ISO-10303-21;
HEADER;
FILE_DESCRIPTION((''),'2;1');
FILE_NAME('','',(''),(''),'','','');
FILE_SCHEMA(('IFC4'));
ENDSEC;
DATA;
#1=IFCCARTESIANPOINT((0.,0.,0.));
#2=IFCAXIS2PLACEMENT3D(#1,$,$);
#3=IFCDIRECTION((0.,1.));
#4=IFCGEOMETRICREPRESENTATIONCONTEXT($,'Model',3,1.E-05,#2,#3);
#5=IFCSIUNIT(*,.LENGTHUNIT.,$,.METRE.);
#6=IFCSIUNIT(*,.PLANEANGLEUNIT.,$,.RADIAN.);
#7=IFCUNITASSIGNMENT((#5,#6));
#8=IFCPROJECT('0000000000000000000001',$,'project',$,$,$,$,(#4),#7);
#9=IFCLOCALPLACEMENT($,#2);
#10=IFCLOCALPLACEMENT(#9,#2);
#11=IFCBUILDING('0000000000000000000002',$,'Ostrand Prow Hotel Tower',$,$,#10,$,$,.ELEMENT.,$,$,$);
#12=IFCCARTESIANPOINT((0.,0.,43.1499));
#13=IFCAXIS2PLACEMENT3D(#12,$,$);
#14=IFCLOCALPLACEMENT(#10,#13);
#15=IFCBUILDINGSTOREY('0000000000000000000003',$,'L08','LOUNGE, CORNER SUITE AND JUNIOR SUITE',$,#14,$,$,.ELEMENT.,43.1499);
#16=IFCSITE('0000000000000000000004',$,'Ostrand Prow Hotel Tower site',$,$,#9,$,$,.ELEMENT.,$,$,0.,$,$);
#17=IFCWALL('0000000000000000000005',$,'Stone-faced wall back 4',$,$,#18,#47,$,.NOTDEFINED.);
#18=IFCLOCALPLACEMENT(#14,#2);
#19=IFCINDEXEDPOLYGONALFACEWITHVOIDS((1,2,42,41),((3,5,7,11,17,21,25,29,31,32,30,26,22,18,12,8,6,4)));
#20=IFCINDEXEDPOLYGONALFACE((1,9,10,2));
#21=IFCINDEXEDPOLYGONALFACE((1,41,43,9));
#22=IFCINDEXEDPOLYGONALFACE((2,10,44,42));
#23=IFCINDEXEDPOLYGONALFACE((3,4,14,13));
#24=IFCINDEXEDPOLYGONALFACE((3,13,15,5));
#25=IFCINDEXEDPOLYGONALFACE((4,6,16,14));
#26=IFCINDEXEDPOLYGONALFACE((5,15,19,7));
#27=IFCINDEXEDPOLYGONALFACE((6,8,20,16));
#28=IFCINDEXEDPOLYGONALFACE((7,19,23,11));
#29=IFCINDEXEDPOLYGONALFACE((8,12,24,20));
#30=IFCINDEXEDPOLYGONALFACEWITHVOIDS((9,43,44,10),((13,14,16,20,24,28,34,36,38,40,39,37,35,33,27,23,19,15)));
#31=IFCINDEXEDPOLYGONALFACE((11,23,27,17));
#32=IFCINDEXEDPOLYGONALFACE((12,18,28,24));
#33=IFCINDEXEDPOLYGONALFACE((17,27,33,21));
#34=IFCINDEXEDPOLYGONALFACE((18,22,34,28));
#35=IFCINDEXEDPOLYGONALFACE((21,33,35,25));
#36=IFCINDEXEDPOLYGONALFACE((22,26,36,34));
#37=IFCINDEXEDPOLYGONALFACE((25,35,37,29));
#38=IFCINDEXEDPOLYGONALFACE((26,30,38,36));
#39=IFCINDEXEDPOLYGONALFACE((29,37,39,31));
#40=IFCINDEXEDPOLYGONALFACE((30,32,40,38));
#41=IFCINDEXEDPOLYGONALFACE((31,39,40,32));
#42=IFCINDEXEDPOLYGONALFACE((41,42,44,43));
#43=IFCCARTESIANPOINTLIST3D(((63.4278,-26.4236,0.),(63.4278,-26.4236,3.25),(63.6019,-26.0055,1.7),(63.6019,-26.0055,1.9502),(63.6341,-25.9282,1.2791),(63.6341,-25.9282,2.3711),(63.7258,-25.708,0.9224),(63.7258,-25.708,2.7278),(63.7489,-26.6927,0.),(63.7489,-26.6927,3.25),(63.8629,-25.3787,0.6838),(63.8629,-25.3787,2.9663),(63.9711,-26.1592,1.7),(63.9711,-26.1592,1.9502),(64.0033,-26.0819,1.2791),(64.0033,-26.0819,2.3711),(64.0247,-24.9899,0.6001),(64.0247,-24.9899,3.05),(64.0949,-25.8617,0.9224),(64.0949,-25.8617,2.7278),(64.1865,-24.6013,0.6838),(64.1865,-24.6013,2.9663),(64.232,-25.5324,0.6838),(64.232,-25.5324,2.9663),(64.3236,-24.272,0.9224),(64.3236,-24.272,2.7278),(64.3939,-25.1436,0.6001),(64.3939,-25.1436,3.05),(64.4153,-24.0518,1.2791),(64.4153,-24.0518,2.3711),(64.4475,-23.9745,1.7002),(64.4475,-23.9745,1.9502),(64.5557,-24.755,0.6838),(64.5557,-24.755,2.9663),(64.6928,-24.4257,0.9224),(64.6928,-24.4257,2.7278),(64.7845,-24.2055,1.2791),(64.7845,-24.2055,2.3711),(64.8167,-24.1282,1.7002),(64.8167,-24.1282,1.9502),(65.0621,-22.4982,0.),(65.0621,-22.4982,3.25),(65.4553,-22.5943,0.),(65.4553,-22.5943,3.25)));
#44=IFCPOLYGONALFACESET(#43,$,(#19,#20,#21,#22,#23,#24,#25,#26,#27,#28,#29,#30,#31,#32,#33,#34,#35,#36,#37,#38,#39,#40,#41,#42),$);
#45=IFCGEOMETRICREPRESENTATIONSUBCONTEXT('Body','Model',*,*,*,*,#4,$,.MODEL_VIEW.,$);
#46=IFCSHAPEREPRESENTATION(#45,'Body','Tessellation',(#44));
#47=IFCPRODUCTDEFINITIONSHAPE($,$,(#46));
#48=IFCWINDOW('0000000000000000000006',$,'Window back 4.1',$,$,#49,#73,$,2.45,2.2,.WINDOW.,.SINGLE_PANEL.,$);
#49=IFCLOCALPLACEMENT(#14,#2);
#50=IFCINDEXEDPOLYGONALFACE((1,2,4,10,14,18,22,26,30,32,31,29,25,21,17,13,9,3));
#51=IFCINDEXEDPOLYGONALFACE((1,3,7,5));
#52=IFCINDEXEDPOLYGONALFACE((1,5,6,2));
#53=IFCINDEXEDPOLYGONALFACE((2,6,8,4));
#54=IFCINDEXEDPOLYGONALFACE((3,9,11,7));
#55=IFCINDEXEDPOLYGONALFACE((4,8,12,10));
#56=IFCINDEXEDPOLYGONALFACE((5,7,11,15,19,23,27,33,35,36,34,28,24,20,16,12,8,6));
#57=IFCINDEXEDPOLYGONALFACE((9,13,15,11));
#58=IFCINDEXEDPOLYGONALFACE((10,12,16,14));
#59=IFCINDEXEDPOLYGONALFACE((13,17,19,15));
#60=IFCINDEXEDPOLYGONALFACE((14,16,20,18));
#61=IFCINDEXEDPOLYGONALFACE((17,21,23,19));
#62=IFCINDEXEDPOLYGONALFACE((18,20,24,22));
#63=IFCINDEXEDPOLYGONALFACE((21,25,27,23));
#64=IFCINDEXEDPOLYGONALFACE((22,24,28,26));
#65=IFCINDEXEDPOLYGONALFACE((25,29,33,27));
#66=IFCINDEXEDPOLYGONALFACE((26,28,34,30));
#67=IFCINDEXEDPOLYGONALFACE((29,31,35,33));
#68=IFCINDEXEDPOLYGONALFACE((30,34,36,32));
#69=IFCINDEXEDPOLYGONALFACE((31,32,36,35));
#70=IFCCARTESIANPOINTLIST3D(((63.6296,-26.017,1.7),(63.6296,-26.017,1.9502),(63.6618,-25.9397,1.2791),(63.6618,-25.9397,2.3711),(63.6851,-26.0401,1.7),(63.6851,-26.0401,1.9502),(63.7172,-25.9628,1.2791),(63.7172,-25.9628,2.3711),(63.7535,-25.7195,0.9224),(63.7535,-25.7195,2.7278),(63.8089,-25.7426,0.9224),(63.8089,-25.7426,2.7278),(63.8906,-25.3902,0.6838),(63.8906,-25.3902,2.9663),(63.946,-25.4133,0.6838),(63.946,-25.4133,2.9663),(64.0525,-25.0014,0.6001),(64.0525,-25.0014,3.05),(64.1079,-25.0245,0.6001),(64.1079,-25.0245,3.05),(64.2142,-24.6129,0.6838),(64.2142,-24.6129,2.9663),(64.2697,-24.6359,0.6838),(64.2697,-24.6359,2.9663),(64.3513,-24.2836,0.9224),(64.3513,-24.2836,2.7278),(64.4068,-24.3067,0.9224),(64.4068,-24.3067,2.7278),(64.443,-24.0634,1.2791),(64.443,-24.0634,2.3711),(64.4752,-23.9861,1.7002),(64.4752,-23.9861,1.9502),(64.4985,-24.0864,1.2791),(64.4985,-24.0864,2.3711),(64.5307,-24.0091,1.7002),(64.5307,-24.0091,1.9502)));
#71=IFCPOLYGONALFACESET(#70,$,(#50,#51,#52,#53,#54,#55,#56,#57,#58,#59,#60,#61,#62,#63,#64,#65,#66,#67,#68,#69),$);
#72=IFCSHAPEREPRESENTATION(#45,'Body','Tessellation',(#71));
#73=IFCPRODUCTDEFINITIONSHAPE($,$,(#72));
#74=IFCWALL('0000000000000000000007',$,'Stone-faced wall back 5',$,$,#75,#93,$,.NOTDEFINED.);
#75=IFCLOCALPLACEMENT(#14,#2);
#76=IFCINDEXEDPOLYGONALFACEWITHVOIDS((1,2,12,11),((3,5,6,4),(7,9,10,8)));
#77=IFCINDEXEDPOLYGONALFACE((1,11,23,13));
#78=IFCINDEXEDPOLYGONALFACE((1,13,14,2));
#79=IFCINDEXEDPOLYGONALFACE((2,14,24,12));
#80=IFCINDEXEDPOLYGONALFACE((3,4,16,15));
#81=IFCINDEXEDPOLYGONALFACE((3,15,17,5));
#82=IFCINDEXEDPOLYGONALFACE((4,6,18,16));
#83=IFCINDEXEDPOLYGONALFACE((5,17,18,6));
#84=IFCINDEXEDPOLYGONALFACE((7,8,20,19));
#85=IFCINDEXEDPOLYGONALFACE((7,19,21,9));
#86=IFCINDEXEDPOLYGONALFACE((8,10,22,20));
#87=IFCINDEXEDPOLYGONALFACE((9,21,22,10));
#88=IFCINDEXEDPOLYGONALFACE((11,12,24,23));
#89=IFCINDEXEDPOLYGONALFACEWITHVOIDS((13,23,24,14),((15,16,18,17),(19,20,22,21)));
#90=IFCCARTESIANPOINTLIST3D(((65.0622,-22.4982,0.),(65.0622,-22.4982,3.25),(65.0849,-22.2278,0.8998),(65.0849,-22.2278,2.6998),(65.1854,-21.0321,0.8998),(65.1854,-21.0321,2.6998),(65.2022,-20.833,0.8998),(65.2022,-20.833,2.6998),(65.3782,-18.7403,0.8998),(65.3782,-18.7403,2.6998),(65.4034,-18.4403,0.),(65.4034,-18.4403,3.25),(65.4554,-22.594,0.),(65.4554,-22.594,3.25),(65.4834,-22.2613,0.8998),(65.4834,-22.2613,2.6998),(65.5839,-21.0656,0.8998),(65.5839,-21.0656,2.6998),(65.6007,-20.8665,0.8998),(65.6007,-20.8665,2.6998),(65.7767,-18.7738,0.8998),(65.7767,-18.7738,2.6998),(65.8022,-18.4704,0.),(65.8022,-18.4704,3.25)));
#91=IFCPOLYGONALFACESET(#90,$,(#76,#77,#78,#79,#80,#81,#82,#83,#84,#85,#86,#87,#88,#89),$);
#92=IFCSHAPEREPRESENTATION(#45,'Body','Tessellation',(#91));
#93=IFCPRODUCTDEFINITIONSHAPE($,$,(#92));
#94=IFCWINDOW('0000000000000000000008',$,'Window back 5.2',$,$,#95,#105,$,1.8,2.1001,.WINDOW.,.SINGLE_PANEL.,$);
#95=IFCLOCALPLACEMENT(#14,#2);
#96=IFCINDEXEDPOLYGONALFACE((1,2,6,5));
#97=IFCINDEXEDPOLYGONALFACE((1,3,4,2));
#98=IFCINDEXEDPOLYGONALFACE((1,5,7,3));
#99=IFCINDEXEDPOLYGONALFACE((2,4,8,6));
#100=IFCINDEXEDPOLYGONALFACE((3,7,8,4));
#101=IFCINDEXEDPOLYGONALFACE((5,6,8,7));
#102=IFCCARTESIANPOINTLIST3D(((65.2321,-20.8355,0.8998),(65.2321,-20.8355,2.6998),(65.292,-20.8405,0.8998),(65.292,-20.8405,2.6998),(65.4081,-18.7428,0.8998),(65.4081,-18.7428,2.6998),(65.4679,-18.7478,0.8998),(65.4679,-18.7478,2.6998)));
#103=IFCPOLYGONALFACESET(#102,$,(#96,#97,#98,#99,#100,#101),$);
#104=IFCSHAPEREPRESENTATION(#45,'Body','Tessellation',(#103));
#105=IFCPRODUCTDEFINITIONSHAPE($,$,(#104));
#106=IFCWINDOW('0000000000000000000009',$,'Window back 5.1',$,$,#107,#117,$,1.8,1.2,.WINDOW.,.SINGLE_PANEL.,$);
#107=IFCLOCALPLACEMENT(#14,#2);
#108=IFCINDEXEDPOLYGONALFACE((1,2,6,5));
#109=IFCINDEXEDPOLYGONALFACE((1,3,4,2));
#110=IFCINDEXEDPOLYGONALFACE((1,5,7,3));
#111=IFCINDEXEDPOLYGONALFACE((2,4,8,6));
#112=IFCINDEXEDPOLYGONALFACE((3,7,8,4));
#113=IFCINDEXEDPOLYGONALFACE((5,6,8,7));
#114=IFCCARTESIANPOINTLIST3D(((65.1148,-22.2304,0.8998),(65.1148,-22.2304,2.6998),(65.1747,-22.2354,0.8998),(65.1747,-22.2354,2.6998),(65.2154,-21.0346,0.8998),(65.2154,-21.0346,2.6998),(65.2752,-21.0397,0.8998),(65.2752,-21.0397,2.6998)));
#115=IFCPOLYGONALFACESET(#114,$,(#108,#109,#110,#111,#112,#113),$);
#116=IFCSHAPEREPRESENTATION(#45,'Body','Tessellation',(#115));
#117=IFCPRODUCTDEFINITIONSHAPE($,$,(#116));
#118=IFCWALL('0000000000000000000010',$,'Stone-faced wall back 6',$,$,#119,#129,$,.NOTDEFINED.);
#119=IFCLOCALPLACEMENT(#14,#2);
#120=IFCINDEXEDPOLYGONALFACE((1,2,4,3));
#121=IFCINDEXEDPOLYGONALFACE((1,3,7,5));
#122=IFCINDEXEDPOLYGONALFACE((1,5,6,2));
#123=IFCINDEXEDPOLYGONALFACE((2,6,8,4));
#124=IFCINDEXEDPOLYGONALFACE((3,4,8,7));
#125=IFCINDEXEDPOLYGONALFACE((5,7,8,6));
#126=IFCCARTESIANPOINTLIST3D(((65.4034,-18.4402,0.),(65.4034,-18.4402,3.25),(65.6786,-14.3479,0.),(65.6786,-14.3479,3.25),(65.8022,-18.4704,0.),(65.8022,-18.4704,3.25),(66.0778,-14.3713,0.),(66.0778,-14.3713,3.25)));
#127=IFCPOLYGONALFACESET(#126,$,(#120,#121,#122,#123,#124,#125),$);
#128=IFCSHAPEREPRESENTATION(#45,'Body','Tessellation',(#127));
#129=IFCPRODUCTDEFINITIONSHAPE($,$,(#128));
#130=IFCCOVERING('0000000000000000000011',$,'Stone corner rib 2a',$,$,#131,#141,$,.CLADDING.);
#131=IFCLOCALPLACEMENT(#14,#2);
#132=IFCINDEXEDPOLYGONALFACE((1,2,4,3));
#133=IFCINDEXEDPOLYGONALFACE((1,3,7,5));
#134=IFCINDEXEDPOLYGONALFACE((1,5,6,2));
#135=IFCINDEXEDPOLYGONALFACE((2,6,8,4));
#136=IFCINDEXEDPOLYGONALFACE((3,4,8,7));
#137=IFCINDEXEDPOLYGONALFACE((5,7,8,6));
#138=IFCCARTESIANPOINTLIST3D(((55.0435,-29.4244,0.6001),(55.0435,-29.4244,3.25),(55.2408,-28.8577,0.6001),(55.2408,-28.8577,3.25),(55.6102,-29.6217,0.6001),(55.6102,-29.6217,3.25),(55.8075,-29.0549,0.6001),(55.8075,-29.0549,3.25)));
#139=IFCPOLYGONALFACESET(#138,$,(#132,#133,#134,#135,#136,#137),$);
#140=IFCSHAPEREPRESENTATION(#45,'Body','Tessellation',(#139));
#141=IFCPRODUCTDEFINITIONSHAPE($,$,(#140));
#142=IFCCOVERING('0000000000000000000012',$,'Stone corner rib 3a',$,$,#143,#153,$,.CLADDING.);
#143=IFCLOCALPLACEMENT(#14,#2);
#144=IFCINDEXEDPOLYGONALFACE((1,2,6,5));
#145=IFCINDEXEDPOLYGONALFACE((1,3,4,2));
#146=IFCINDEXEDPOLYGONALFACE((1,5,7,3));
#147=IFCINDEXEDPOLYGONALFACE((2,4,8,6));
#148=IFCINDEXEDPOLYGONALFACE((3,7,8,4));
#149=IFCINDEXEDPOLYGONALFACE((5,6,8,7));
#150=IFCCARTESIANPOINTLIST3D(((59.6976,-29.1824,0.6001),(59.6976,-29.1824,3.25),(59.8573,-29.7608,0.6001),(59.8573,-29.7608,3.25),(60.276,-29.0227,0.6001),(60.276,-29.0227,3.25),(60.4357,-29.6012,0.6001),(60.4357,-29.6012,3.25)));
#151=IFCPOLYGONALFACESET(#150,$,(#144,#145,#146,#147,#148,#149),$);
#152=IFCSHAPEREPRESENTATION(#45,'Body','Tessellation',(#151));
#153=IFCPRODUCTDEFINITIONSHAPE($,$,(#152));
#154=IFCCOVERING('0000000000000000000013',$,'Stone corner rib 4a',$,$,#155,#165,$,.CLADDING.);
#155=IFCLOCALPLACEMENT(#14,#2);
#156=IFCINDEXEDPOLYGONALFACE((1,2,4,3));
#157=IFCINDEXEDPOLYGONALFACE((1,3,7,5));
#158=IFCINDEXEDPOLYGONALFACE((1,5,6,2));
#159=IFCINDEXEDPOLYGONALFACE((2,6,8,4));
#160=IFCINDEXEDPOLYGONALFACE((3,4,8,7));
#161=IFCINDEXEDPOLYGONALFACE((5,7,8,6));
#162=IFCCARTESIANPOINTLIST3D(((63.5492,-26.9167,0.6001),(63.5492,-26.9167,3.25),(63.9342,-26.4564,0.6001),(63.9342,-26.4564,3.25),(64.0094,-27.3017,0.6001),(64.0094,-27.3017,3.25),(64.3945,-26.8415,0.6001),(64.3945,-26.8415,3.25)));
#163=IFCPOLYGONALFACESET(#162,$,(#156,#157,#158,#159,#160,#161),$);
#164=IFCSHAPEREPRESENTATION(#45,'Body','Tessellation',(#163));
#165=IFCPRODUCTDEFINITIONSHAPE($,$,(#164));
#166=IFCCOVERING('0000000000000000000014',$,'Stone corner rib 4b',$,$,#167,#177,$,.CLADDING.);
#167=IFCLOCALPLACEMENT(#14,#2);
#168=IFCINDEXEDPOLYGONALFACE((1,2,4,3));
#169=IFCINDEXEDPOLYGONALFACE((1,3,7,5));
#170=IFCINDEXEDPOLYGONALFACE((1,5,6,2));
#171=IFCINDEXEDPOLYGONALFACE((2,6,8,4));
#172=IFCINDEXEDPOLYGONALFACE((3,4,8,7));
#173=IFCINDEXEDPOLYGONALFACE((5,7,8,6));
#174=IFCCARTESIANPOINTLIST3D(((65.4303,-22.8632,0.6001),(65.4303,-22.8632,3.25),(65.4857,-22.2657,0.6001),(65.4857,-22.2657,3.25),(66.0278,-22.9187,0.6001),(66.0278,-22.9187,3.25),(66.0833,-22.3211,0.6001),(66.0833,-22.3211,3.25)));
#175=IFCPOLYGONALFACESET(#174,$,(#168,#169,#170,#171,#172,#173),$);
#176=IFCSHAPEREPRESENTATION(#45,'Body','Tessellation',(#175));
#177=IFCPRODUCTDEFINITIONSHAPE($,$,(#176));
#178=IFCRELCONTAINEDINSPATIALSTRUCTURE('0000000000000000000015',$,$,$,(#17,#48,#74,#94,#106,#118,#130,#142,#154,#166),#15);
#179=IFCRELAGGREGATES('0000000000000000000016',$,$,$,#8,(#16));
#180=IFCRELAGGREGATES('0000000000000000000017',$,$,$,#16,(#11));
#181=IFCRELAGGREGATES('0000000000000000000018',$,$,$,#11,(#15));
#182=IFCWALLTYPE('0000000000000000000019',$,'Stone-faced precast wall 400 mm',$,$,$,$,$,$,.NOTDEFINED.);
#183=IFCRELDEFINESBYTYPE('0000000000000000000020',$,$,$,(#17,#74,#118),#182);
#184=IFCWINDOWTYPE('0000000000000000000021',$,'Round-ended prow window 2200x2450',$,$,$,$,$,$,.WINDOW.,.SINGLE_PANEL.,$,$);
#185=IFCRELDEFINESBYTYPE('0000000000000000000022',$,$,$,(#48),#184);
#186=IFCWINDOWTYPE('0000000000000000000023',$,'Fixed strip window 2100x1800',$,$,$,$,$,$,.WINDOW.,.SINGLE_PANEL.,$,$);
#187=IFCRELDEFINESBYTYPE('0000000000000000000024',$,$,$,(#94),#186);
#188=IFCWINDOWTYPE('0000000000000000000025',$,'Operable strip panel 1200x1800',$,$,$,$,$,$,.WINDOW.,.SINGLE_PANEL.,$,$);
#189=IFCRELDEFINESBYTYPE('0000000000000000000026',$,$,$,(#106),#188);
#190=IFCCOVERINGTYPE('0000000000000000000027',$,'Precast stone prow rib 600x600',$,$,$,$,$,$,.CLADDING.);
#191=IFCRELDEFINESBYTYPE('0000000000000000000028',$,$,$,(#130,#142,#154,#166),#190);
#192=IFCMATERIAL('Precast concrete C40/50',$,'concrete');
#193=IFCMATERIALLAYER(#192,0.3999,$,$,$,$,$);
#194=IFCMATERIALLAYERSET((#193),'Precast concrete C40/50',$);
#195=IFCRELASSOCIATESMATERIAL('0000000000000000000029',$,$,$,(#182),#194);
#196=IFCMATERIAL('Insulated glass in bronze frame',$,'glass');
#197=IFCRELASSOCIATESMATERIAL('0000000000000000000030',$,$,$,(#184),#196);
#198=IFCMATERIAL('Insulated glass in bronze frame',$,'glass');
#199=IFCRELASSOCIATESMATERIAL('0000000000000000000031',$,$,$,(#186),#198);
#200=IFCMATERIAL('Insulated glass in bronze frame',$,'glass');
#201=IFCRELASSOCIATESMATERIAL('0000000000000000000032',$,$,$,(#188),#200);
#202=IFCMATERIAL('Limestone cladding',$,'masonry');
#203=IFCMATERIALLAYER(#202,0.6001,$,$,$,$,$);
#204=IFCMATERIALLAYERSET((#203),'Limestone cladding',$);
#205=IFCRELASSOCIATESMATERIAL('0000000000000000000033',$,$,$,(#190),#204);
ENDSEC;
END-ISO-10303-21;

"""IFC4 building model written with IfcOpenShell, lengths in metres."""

from ifc_helpers import new_model, si_unit, direction, frame, frame_2d, origin, place, context, subcontext, project, spatial, polyline, rectangle, outline, extrude, material, layer, layer_set, type_object, element, fill, save


model = new_model("IFC4")

# Units and contexts
model_context = context("Model", 3, precision=1e-05, world=origin(), true_north=direction((0.0, 1.0)))
body_context = subcontext(model_context, "Body", "Model", "MODEL_VIEW")
ifc_project = project(units=[si_unit("LENGTHUNIT", "METRE"), si_unit("PLANEANGLEUNIT", "RADIAN")], contexts=[model_context])

# Site, building, storey
site_placement = place(None, origin())
site = spatial("IfcSite", under=ifc_project, at=site_placement, Name="Ostrand Prow Hotel Tower site", CompositionType="ELEMENT", RefElevation=0.0)
building_placement = place(site_placement, origin())
building = spatial("IfcBuilding", under=site, at=building_placement, Name="Ostrand Prow Hotel Tower", CompositionType="ELEMENT")
storey_placement = place(building_placement, frame((0.0, 0.0, 43.1499)))
storey = spatial("IfcBuildingStorey", under=building, at=storey_placement, Name="L08", Description="LOUNGE, CORNER SUITE AND JUNIOR SUITE", CompositionType="ELEMENT", Elevation=43.1499)

# Wall, opening, window
ifc_material_1 = material(Name="Precast concrete C40/50", Category="concrete")
ifc_layer_1 = layer(ifc_material_1, 0.3999)
ifc_layer_set_1 = layer_set([ifc_layer_1], Name="Precast concrete C40/50")
wall_type_1 = type_object("IfcWallType", Name="Stone-faced precast wall 400 mm", PredefinedType="NOTDEFINED", material=ifc_layer_set_1)
ifc_material_2 = material(Name="Insulated glass in bronze frame", Category="glass")
window_type_1 = type_object("IfcWindowType", Name="Round-ended prow window 2200x2450", PartitioningType="SINGLE_PANEL", PredefinedType="WINDOW", material=ifc_material_2)
wall_1_placement = place(storey_placement, frame((63.5884, -26.5581, 0.0), z_axis=(0.0, 0.0, 1.0), x_axis=(0.384372, 0.923178, 0.0)))
wall_1 = element("IfcWall", 1, at=wall_1_placement, inside=storey, type_object=wall_type_1, Name="Stone-faced wall back 4", PredefinedType="NOTDEFINED", context=body_context, shape_type="SweptSolid", body=[
    extrude(outline(polyline([(-0.0625, -0.2), (4.377, -0.2), (4.3145, 0.2), (0.0625, 0.2), (-0.0625, -0.2)])), origin(), (0.0, 0.0, 1.0), 3.25),
])
opening_1_placement = place(wall_1_placement, frame((0.5154, 0.0, 0.6001)))
opening_1 = element("IfcOpeningElement", 2, at=opening_1_placement, cuts=wall_1, PredefinedType="OPENING", context=body_context, shape_type="SweptSolid", body=[
    extrude(outline(polyline([(0.0, 1.3501), (0.0837, 1.771), (0.3223, 2.1277), (0.679, 2.3662), (1.1001, 2.45), (1.521, 2.3662), (1.8777, 2.1277), (2.1162, 1.771), (2.2, 1.3501), (2.2, 1.1001), (2.1162, 0.679), (1.8777, 0.3223), (1.521, 0.0837), (1.1001, 0.0), (0.679, 0.0837), (0.3223, 0.3223), (0.0837, 0.679), (0.0, 1.0999), (0.0, 1.3501)])), frame((0.0, 0.21, 0.0), z_axis=(0.0, -1.0, 0.0), x_axis=(1.0, 0.0, 0.0)), (0.0, 0.0, 1.0), 0.4199),
])
window_1_placement = place(opening_1_placement, origin())
window_1 = element("IfcWindow", 3, at=window_1_placement, inside=storey, type_object=window_type_1, Name="Window back 4.1", OverallHeight=2.45, OverallWidth=2.2, PartitioningType="SINGLE_PANEL", PredefinedType="WINDOW", context=body_context, shape_type="SweptSolid", body=[
    extrude(outline(polyline([(0.0, 1.3501), (0.0837, 1.771), (0.3223, 2.1277), (0.679, 2.3662), (1.1001, 2.45), (1.521, 2.3662), (1.8777, 2.1277), (2.1162, 1.771), (2.2, 1.3501), (2.2, 1.1001), (2.1162, 0.679), (1.8777, 0.3223), (1.521, 0.0837), (1.1001, 0.0), (0.679, 0.0837), (0.3223, 0.3223), (0.0837, 0.679), (0.0, 1.0999), (0.0, 1.3501)])), frame((0.0, 0.1699, 0.0), z_axis=(0.0, -1.0, 0.0), x_axis=(1.0, 0.0, 0.0)), (0.0, 0.0, 1.0), 0.0601),
])
fill(opening_1, window_1)

# Wall, openings, windows
wall_2_placement = place(storey_placement, frame((65.2588, -22.5461, 0.0), z_axis=(0.0, 0.0, 1.0), x_axis=(0.083794, 0.996483, 0.0)))
wall_2 = element("IfcWall", 4, at=wall_2_placement, inside=storey, type_object=wall_type_1, Name="Stone-faced wall back 5", PredefinedType="NOTDEFINED", context=body_context, shape_type="SweptSolid", body=[
    extrude(outline(polyline([(-0.0312, -0.2), (4.1069, -0.2), (4.1035, 0.2), (0.0312, 0.2), (-0.0312, -0.2)])), origin(), (0.0, 0.0, 1.0), 3.25),
])
opening_2_placement = place(wall_2_placement, frame((0.3025, 0.0, 0.8999)))
opening_2 = element("IfcOpeningElement", 5, at=opening_2_placement, cuts=wall_2, PredefinedType="OPENING", context=body_context, shape_type="SweptSolid", body=[
    extrude(rectangle(XDim=1.2, YDim=1.8, at=frame_2d((0.6001, 0.8999))), frame((0.0, 0.21, 0.0), z_axis=(0.0, -1.0, 0.0), x_axis=(1.0, 0.0, 0.0)), (0.0, 0.0, 1.0), 0.4199),
])
opening_3_placement = place(wall_2_placement, frame((1.7024, 0.0, 0.8999)))
opening_3 = element("IfcOpeningElement", 6, at=opening_3_placement, cuts=wall_2, PredefinedType="OPENING", context=body_context, shape_type="SweptSolid", body=[
    extrude(rectangle(XDim=2.1001, YDim=1.8, at=frame_2d((1.05, 0.8999))), frame((0.0, 0.21, 0.0), z_axis=(0.0, -1.0, 0.0), x_axis=(1.0, 0.0, 0.0)), (0.0, 0.0, 1.0), 0.4199),
])
ifc_material_3 = material(Name="Insulated glass in bronze frame", Category="glass")
window_type_2 = type_object("IfcWindowType", Name="Fixed strip window 2100x1800", PartitioningType="SINGLE_PANEL", PredefinedType="WINDOW", material=ifc_material_3)
window_2_placement = place(opening_3_placement, origin())
window_2 = element("IfcWindow", 7, at=window_2_placement, inside=storey, type_object=window_type_2, Name="Window back 5.2", OverallHeight=1.8, OverallWidth=2.1001, PartitioningType="SINGLE_PANEL", PredefinedType="WINDOW", context=body_context, shape_type="SweptSolid", body=[
    extrude(rectangle(XDim=2.1001, YDim=1.8, at=frame_2d((1.05, 0.8999))), frame((0.0, 0.1699, 0.0), z_axis=(0.0, -1.0, 0.0), x_axis=(1.0, 0.0, 0.0)), (0.0, 0.0, 1.0), 0.0601),
])
fill(opening_3, window_2)
ifc_material_4 = material(Name="Insulated glass in bronze frame", Category="glass")
window_type_3 = type_object("IfcWindowType", Name="Operable strip panel 1200x1800", PartitioningType="SINGLE_PANEL", PredefinedType="WINDOW", material=ifc_material_4)
window_3_placement = place(opening_2_placement, origin())
window_3 = element("IfcWindow", 8, at=window_3_placement, inside=storey, type_object=window_type_3, Name="Window back 5.1", OverallHeight=1.8, OverallWidth=1.2, PartitioningType="SINGLE_PANEL", PredefinedType="WINDOW", context=body_context, shape_type="SweptSolid", body=[
    extrude(rectangle(XDim=1.2, YDim=1.8, at=frame_2d((0.6001, 0.8999))), frame((0.0, 0.1699, 0.0), z_axis=(0.0, -1.0, 0.0), x_axis=(1.0, 0.0, 0.0)), (0.0, 0.0, 1.0), 0.0601),
])
fill(opening_2, window_3)

# Wall
wall_3_placement = place(storey_placement, frame((65.6028, -18.4553, 0.0), z_axis=(0.0, 0.0, 1.0), x_axis=(0.067087, 0.997747, 0.0)))
element("IfcWall", 9, at=wall_3_placement, inside=storey, type_object=wall_type_1, Name="Stone-faced wall back 6", PredefinedType="NOTDEFINED", context=body_context, shape_type="SweptSolid", body=[
    extrude(outline(polyline([(-0.0017, -0.2), (4.1067, -0.2), (4.1033, 0.2), (0.0017, 0.2), (-0.0017, -0.2)])), origin(), (0.0, 0.0, 1.0), 3.25),
])

# Coverings
ifc_material_5 = material(Name="Limestone cladding", Category="masonry")
ifc_layer_2 = layer(ifc_material_5, 0.6001)
ifc_layer_set_2 = layer_set([ifc_layer_2], Name="Limestone cladding")
covering_type = type_object("IfcCoveringType", Name="Precast stone prow rib 600x600", PredefinedType="CLADDING", material=ifc_layer_set_2)
for number, where, z_axis, x_axis, name in (
    (10, (55.5242, -28.9563, 0.6001), (0.0, 0.0, 1.0), (-0.328773, -0.944409, 0.0), "Stone corner rib 2a"),
    (11, (59.9868, -29.1025, 0.6001), (0.0, 0.0, 1.0), (0.266112, -0.963942, 0.0), "Stone corner rib 3a"),
    (12, (63.7417, -26.6865, 0.6001), (0.0, 0.0, 1.0), (0.766986, -0.641664, 0.0), "Stone corner rib 4a"),
    (13, (65.458, -22.5645, 0.6001), (0.0, 0.0, 1.0), (0.995725, -0.09237, 0.0), "Stone corner rib 4b"),
):
    element("IfcCovering", number, at=place(storey_placement, frame(where, z_axis=z_axis, x_axis=x_axis)), inside=storey, type_object=covering_type, Name=name, PredefinedType="CLADDING", context=body_context, shape_type="SweptSolid", body=[
        extrude(rectangle(XDim=0.6001, YDim=0.6001, at=frame_2d((0.3, 0.0))), origin(), (0.0, 0.0, 1.0), 2.6499),
    ])

save(model, "model.ifc")
